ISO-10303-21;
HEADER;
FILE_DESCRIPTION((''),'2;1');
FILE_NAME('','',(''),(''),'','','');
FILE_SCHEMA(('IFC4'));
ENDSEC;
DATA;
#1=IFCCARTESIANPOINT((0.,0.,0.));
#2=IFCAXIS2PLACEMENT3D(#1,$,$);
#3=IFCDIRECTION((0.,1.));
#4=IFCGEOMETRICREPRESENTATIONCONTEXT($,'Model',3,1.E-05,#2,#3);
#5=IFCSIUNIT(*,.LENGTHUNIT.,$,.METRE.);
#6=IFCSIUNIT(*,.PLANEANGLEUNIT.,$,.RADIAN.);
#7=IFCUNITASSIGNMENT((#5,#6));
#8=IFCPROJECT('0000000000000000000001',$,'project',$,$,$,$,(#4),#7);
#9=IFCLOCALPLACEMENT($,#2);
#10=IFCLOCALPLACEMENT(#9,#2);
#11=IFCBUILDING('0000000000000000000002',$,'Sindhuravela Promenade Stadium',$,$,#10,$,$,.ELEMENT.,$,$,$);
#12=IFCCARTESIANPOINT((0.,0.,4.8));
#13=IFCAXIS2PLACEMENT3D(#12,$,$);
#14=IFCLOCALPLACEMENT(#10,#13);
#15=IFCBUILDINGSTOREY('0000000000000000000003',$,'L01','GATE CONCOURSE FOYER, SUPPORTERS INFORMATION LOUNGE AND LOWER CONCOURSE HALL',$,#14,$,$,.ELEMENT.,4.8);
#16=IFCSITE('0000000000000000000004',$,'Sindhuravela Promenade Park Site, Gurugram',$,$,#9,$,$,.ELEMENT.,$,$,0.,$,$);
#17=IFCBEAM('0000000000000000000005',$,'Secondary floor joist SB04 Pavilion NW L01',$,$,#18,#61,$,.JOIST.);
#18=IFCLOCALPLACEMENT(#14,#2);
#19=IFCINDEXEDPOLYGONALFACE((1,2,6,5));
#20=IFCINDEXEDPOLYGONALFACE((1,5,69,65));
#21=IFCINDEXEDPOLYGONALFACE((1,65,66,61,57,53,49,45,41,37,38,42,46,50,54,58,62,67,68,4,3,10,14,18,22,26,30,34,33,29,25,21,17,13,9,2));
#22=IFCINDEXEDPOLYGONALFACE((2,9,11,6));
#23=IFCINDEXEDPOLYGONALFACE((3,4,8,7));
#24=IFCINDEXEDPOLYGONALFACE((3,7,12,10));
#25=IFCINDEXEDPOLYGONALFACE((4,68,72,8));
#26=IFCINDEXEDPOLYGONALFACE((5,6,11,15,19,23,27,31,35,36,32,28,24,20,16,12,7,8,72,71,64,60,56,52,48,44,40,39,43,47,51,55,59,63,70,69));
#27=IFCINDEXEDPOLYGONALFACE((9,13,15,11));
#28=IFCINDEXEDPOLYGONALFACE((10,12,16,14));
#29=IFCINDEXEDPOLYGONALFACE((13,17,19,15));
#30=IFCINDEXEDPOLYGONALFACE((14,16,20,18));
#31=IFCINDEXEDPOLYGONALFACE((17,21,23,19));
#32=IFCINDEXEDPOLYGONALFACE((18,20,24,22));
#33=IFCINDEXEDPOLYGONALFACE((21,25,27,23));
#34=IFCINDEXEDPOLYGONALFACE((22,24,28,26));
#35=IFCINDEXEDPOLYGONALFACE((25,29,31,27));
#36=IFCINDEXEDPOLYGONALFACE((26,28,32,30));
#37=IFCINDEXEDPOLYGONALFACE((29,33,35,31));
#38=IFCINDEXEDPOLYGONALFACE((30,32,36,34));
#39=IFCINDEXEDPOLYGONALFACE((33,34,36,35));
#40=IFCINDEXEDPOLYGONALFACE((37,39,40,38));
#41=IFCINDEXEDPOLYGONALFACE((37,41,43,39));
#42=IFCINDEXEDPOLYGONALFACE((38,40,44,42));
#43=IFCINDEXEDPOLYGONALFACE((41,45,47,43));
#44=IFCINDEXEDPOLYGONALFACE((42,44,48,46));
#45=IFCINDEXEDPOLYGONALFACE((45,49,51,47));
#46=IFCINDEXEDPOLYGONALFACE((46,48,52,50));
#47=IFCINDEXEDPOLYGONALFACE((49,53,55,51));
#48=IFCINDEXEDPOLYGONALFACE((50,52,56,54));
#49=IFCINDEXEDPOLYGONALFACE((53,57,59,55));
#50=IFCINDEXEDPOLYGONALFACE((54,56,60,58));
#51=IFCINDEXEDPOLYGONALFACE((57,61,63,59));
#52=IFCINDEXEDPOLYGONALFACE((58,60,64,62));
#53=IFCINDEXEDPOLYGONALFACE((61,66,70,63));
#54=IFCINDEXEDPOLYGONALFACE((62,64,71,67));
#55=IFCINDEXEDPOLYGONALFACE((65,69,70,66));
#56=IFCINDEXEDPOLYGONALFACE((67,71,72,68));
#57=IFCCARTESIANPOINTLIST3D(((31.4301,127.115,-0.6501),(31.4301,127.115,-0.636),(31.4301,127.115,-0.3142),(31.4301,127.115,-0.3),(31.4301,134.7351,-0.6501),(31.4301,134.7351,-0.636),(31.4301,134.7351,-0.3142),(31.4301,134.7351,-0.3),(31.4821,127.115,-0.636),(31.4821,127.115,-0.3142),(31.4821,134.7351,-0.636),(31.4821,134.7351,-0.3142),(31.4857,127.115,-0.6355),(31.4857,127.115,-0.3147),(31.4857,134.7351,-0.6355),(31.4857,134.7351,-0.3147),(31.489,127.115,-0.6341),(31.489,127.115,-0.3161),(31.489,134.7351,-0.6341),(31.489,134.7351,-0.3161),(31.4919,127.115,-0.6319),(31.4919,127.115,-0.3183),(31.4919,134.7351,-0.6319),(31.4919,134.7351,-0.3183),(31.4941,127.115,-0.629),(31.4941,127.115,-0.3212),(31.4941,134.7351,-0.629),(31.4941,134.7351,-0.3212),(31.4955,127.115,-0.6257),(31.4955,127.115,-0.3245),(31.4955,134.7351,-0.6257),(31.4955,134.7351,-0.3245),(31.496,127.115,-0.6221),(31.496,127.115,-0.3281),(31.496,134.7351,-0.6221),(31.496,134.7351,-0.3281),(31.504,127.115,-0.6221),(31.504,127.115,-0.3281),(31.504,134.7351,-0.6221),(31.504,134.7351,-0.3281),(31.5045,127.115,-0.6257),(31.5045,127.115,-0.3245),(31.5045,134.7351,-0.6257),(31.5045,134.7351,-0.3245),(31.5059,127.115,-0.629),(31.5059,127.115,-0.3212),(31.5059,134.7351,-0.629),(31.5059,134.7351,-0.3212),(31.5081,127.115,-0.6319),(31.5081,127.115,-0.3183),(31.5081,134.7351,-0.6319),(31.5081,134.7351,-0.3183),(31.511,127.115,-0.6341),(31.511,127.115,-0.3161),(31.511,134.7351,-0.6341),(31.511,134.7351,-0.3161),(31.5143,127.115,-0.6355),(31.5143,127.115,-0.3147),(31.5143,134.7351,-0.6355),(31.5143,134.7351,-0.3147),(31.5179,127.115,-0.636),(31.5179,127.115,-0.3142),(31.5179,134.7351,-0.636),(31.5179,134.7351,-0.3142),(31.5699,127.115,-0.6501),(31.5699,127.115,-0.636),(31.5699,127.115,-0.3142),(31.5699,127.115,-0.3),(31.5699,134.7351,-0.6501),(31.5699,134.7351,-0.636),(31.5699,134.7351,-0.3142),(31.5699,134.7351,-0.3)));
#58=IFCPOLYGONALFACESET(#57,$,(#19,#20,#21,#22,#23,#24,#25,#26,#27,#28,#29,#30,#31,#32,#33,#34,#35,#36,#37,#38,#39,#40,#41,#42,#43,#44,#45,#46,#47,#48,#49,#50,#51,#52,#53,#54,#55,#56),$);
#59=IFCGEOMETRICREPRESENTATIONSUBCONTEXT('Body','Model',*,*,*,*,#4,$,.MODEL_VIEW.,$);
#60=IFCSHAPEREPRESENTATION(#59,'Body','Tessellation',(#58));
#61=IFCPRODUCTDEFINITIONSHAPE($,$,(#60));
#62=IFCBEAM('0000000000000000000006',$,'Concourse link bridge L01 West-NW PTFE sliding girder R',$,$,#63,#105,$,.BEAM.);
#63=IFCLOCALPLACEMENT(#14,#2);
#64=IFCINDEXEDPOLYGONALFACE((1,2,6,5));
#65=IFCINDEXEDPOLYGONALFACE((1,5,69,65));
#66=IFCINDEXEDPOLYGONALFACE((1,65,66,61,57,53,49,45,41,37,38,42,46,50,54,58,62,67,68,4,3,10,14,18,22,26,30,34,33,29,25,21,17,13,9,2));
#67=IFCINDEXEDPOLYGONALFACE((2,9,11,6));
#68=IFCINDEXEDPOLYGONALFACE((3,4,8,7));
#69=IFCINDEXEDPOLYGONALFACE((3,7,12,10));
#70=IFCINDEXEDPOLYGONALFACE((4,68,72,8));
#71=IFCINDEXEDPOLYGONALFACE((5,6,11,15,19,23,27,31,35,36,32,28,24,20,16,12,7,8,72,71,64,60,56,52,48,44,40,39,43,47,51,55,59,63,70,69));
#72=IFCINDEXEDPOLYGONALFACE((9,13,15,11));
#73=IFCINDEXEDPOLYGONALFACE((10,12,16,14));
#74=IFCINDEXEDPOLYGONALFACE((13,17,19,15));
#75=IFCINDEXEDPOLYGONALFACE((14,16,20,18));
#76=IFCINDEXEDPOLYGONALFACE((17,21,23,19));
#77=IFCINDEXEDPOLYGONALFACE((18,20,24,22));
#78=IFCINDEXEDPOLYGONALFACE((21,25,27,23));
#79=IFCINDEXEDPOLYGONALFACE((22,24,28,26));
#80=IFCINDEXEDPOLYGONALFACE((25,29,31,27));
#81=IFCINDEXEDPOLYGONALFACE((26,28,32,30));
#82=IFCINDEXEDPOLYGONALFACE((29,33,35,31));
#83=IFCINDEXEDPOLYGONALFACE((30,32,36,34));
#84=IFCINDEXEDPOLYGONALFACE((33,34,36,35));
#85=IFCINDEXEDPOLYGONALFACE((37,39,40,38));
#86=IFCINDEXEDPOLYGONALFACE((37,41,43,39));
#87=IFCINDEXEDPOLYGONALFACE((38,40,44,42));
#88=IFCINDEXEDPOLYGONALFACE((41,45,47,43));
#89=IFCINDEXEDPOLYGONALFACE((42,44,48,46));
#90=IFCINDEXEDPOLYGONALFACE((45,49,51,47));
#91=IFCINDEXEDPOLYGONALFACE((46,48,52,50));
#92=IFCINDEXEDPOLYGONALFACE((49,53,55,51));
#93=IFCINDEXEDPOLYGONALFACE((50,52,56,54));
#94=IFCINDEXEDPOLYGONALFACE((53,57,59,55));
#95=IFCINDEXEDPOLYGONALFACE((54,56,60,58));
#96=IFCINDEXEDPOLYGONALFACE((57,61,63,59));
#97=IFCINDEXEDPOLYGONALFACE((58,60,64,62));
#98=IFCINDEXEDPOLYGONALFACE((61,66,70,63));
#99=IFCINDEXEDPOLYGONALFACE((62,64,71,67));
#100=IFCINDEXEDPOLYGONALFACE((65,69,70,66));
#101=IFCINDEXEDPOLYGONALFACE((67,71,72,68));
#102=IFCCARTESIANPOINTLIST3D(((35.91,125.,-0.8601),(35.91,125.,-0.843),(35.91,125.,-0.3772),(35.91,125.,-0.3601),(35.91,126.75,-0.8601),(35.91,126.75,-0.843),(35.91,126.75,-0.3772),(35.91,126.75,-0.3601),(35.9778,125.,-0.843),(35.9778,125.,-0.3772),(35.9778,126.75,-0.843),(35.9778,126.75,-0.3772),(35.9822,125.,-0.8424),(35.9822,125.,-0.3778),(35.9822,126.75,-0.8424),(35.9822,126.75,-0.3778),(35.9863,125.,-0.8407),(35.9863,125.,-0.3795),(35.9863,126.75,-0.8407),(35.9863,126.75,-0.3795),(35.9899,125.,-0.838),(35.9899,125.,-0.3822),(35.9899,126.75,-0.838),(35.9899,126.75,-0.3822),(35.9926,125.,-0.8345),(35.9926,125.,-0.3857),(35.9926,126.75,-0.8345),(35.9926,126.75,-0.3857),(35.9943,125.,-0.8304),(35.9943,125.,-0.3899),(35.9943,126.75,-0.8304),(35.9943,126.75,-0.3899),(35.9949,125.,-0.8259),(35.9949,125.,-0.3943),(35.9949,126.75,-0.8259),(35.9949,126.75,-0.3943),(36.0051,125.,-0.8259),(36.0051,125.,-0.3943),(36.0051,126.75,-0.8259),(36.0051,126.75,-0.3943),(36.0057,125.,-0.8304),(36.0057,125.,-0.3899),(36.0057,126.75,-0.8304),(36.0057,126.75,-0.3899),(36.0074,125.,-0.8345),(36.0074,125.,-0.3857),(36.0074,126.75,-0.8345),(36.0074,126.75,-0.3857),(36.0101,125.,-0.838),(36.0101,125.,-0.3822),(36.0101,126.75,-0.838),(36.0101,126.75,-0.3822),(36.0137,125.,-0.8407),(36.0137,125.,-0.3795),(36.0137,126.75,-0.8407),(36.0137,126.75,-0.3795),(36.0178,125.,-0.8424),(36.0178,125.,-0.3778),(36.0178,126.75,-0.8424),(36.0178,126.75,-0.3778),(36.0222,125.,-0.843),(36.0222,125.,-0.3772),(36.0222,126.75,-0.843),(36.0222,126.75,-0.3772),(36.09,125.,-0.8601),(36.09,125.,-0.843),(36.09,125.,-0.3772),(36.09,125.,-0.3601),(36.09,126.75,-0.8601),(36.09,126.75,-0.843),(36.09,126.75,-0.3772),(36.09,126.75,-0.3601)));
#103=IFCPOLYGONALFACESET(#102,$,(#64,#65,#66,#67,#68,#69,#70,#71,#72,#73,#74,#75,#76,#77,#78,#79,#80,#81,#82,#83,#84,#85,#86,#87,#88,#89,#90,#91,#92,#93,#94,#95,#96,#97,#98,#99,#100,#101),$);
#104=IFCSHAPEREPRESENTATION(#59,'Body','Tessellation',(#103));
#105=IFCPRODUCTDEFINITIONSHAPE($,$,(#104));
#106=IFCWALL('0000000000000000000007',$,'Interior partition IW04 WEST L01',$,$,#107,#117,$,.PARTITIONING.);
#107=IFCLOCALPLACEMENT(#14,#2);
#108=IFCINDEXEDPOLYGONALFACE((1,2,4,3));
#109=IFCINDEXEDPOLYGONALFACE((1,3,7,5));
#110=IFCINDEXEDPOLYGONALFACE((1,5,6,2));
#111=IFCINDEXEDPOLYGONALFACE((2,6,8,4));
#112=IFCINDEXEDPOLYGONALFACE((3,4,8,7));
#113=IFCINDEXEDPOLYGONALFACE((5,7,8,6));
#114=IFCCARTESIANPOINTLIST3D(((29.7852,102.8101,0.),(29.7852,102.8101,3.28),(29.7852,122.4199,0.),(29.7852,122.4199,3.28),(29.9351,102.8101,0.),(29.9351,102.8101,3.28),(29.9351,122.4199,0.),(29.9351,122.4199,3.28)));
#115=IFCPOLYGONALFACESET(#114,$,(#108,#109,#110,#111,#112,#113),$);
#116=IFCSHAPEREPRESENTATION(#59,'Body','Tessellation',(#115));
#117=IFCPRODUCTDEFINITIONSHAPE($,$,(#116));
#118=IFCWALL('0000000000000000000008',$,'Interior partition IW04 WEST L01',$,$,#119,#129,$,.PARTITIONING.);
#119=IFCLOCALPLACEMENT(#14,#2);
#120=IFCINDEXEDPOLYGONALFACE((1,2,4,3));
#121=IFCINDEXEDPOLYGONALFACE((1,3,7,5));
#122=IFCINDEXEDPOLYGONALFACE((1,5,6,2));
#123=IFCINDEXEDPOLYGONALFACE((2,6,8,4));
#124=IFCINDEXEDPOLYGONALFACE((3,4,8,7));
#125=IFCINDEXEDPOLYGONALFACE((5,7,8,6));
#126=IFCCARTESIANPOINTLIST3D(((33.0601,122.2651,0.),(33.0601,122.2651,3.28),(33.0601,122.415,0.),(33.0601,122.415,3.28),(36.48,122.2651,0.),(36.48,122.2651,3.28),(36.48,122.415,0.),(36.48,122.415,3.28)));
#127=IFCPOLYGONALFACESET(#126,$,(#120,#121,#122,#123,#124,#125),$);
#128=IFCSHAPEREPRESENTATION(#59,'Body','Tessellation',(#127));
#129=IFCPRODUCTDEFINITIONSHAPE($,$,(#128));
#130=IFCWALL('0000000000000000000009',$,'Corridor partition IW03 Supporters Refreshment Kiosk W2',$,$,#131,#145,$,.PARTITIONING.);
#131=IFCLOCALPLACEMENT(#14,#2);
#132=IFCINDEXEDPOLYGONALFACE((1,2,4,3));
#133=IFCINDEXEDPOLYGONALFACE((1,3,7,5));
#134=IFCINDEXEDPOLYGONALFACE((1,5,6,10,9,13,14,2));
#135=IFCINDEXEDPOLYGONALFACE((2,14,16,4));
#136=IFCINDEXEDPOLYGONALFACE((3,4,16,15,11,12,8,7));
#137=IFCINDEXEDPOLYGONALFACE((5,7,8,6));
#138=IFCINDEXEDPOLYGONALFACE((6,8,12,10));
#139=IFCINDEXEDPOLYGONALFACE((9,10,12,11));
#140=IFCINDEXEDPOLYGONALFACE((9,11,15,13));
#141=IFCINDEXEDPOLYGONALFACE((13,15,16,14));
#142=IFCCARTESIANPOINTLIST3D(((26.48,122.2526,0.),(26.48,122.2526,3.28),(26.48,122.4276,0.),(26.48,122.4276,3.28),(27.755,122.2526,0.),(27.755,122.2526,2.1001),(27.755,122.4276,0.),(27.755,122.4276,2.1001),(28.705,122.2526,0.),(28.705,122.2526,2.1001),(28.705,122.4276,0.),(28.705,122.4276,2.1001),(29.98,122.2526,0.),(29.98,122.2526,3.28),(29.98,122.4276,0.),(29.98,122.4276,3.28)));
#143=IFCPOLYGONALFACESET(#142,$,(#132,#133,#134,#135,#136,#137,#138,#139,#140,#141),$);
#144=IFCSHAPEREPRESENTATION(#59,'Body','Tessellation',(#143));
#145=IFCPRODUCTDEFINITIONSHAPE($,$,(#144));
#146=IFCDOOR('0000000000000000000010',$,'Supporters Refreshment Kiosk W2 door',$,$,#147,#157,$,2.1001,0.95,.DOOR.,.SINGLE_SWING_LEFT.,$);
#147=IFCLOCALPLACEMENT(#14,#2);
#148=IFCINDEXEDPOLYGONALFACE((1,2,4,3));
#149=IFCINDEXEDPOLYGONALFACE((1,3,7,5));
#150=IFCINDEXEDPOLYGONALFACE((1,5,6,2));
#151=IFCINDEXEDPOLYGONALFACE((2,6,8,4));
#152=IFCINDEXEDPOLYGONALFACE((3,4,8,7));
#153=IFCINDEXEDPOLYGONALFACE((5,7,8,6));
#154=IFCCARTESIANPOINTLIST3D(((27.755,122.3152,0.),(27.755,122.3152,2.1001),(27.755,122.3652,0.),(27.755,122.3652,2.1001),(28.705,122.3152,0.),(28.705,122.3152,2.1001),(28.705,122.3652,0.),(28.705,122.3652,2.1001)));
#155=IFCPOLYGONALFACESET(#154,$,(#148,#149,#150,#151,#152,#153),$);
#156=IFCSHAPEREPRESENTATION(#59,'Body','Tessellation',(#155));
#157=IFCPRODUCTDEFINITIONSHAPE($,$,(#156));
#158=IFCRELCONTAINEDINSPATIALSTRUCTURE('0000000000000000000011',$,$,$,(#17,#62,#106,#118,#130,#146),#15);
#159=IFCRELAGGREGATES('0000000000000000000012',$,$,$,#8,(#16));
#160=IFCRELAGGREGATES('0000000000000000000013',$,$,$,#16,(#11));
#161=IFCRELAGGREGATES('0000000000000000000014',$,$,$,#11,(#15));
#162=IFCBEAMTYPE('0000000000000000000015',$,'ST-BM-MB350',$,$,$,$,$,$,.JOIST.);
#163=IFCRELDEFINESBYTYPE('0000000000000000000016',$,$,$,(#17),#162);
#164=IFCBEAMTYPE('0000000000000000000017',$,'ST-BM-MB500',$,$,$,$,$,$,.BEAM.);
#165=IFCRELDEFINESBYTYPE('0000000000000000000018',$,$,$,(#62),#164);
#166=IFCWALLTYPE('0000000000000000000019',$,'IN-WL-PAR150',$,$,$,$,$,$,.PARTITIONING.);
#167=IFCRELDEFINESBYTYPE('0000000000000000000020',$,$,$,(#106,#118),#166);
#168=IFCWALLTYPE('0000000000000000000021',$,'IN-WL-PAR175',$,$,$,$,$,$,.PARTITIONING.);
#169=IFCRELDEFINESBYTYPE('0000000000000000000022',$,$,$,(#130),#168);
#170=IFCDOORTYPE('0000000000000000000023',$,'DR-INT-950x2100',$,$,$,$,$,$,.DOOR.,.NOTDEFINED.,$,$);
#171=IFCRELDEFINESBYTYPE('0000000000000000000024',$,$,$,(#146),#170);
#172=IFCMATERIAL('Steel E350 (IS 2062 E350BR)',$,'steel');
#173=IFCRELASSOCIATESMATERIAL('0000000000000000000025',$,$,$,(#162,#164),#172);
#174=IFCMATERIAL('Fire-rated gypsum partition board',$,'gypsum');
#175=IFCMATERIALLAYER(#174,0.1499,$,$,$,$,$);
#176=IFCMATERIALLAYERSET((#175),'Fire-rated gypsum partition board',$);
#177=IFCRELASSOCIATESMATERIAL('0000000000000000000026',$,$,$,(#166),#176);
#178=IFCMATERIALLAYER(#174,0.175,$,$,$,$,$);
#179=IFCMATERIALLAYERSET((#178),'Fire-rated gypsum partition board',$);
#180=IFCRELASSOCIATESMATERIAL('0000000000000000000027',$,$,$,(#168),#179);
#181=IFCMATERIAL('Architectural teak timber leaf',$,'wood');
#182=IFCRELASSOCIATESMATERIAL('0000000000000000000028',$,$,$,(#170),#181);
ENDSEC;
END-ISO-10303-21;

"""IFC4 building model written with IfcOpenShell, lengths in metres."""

from ifc_helpers import new_model, si_unit, direction, frame, frame_2d, origin, origin_2d, place, context, subcontext, project, spatial, rectangle, i_section, extrude, material, layer, layer_set, material_profile, profile_set, type_object, element, fill, save


model = new_model("IFC4")

# Units and contexts
model_context = context("Model", 3, precision=1e-05, world=origin(), true_north=direction((0.0, 1.0)))
body_context = subcontext(model_context, "Body", "Model", "MODEL_VIEW")
ifc_project = project(units=[si_unit("LENGTHUNIT", "METRE"), si_unit("PLANEANGLEUNIT", "RADIAN")], contexts=[model_context])

# Site, building, storey
site_placement = place(None, origin())
site = spatial("IfcSite", under=ifc_project, at=site_placement, Name="Sindhuravela Promenade Park Site, Gurugram", CompositionType="ELEMENT", RefElevation=0.0)
building_placement = place(site_placement, origin())
building = spatial("IfcBuilding", under=site, at=building_placement, Name="Sindhuravela Promenade Stadium", CompositionType="ELEMENT")
storey_placement = place(building_placement, frame((0.0, 0.0, 4.8)))
storey = spatial("IfcBuildingStorey", under=building, at=storey_placement, Name="L01", Description="GATE CONCOURSE FOYER, SUPPORTERS INFORMATION LOUNGE AND LOWER CONCOURSE HALL", CompositionType="ELEMENT", Elevation=4.8)

# Beams
ifc_material_1 = material(Name="Steel E350 (IS 2062 E350BR)", Category="steel")
ifc_material_profile_1 = material_profile(ifc_material_1, i_section(OverallWidth=0.1399, OverallDepth=0.3501, WebThickness=0.0081, FlangeThickness=0.0142, FilletRadius=0.0139, at=origin_2d()), Name="ISMB 350")
ifc_profile_set_1 = profile_set([ifc_material_profile_1], Name="Steel E350 (IS 2062 E350BR)")
beam_type_1 = type_object("IfcBeamType", Name="ST-BM-MB350", PredefinedType="JOIST", material=ifc_profile_set_1)
beam_1_placement = place(storey_placement, frame((31.5, 127.115, -0.4751), z_axis=(0.0, 1.0, 0.0), x_axis=(-1.0, 0.0, 0.0)))
element("IfcBeam", 1, at=beam_1_placement, inside=storey, type_object=beam_type_1, Name="Secondary floor joist SB04 Pavilion NW L01", PredefinedType="JOIST", context=body_context, shape_type="SweptSolid", body=[
    extrude(i_section(OverallWidth=0.1399, OverallDepth=0.3501, WebThickness=0.0081, FlangeThickness=0.0142, FilletRadius=0.0139, at=origin_2d()), origin(), (0.0, 0.0, 1.0), 7.6201),
])
ifc_material_profile_2 = material_profile(ifc_material_1, i_section(OverallWidth=0.1799, OverallDepth=0.5, WebThickness=0.0103, FlangeThickness=0.0171, FilletRadius=0.0171, at=origin_2d()), Name="ISMB 500")
ifc_profile_set_2 = profile_set([ifc_material_profile_2], Name="Steel E350 (IS 2062 E350BR)")
beam_type_2 = type_object("IfcBeamType", Name="ST-BM-MB500", PredefinedType="BEAM", material=ifc_profile_set_2)
beam_2_placement = place(storey_placement, frame((36.0, 125.0, -0.6101), z_axis=(0.0, 1.0, 0.0), x_axis=(-1.0, 0.0, 0.0)))
element("IfcBeam", 2, at=beam_2_placement, inside=storey, type_object=beam_type_2, Name="Concourse link bridge L01 West-NW PTFE sliding girder R", PredefinedType="BEAM", context=body_context, shape_type="SweptSolid", body=[
    extrude(i_section(OverallWidth=0.1799, OverallDepth=0.5, WebThickness=0.0103, FlangeThickness=0.0171, FilletRadius=0.0171, at=origin_2d()), origin(), (0.0, 0.0, 1.0), 1.75),
])

# Walls
ifc_material_2 = material(Name="Fire-rated gypsum partition board", Category="gypsum")
ifc_layer_1 = layer(ifc_material_2, 0.1499)
ifc_layer_set_1 = layer_set([ifc_layer_1], Name="Fire-rated gypsum partition board")
wall_type_1 = type_object("IfcWallType", Name="IN-WL-PAR150", PredefinedType="PARTITIONING", material=ifc_layer_set_1)
wall_1_placement = place(storey_placement, frame((29.8601, 122.4199, 0.0), z_axis=(0.0, 0.0, 1.0), x_axis=(0.0, -1.0, 0.0)))
element("IfcWall", 3, at=wall_1_placement, inside=storey, type_object=wall_type_1, Name="Interior partition IW04 WEST L01", PredefinedType="PARTITIONING", context=body_context, shape_type="SweptSolid", body=[
    extrude(rectangle(XDim=19.6099, YDim=0.1499, at=frame_2d((9.8049, 0.0))), origin(), (0.0, 0.0, 1.0), 3.28),
])
wall_2_placement = place(storey_placement, frame((33.0601, 122.3401, 0.0), z_axis=(0.0, 0.0, 1.0), x_axis=(1.0, 0.0, 0.0)))
element("IfcWall", 4, at=wall_2_placement, inside=storey, type_object=wall_type_1, Name="Interior partition IW04 WEST L01", PredefinedType="PARTITIONING", context=body_context, shape_type="SweptSolid", body=[
    extrude(rectangle(XDim=3.4199, YDim=0.1499, at=frame_2d((1.71, 0.0))), origin(), (0.0, 0.0, 1.0), 3.28),
])

# Wall, opening, door
ifc_layer_2 = layer(ifc_material_2, 0.175)
ifc_layer_set_2 = layer_set([ifc_layer_2], Name="Fire-rated gypsum partition board")
wall_type_2 = type_object("IfcWallType", Name="IN-WL-PAR175", PredefinedType="PARTITIONING", material=ifc_layer_set_2)
wall_3_placement = place(storey_placement, frame((29.98, 122.3401, 0.0), z_axis=(0.0, 0.0, 1.0), x_axis=(-1.0, 0.0, 0.0)))
wall_3 = element("IfcWall", 5, at=wall_3_placement, inside=storey, type_object=wall_type_2, Name="Corridor partition IW03 Supporters Refreshment Kiosk W2", PredefinedType="PARTITIONING", context=body_context, shape_type="SweptSolid", body=[
    extrude(rectangle(XDim=3.5, YDim=0.175, at=frame_2d((1.75, 0.0))), origin(), (0.0, 0.0, 1.0), 3.28),
])
opening_1_placement = place(wall_3_placement, frame((1.2749, 0.0, 0.0)))
opening_1 = element("IfcOpeningElement", 6, at=opening_1_placement, cuts=wall_3, PredefinedType="OPENING", context=body_context, shape_type="SweptSolid", body=[
    extrude(rectangle(XDim=0.95, YDim=2.1001, at=frame_2d((0.4751, 1.05))), frame((0.0, 0.0974, 0.0), z_axis=(0.0, -1.0, 0.0), x_axis=(1.0, 0.0, 0.0)), (0.0, 0.0, 1.0), 0.1951),
])
ifc_material_3 = material(Name="Architectural teak timber leaf", Category="wood")
door_type_1 = type_object("IfcDoorType", Name="DR-INT-950x2100", OperationType="NOTDEFINED", PredefinedType="DOOR", material=ifc_material_3)
door_1_placement = place(opening_1_placement, origin())
door_1 = element("IfcDoor", 7, at=door_1_placement, inside=storey, type_object=door_type_1, Name="Supporters Refreshment Kiosk W2 door", OperationType="SINGLE_SWING_LEFT", OverallHeight=2.1001, OverallWidth=0.95, PredefinedType="DOOR", context=body_context, shape_type="SweptSolid", body=[
    extrude(rectangle(XDim=0.95, YDim=2.1001, at=frame_2d((0.4751, 1.05))), frame((0.0, 0.0249, 0.0), z_axis=(0.0, -1.0, 0.0), x_axis=(1.0, 0.0, 0.0)), (0.0, 0.0, 1.0), 0.05),
])
fill(opening_1, door_1)

save(model, "model.ifc")
